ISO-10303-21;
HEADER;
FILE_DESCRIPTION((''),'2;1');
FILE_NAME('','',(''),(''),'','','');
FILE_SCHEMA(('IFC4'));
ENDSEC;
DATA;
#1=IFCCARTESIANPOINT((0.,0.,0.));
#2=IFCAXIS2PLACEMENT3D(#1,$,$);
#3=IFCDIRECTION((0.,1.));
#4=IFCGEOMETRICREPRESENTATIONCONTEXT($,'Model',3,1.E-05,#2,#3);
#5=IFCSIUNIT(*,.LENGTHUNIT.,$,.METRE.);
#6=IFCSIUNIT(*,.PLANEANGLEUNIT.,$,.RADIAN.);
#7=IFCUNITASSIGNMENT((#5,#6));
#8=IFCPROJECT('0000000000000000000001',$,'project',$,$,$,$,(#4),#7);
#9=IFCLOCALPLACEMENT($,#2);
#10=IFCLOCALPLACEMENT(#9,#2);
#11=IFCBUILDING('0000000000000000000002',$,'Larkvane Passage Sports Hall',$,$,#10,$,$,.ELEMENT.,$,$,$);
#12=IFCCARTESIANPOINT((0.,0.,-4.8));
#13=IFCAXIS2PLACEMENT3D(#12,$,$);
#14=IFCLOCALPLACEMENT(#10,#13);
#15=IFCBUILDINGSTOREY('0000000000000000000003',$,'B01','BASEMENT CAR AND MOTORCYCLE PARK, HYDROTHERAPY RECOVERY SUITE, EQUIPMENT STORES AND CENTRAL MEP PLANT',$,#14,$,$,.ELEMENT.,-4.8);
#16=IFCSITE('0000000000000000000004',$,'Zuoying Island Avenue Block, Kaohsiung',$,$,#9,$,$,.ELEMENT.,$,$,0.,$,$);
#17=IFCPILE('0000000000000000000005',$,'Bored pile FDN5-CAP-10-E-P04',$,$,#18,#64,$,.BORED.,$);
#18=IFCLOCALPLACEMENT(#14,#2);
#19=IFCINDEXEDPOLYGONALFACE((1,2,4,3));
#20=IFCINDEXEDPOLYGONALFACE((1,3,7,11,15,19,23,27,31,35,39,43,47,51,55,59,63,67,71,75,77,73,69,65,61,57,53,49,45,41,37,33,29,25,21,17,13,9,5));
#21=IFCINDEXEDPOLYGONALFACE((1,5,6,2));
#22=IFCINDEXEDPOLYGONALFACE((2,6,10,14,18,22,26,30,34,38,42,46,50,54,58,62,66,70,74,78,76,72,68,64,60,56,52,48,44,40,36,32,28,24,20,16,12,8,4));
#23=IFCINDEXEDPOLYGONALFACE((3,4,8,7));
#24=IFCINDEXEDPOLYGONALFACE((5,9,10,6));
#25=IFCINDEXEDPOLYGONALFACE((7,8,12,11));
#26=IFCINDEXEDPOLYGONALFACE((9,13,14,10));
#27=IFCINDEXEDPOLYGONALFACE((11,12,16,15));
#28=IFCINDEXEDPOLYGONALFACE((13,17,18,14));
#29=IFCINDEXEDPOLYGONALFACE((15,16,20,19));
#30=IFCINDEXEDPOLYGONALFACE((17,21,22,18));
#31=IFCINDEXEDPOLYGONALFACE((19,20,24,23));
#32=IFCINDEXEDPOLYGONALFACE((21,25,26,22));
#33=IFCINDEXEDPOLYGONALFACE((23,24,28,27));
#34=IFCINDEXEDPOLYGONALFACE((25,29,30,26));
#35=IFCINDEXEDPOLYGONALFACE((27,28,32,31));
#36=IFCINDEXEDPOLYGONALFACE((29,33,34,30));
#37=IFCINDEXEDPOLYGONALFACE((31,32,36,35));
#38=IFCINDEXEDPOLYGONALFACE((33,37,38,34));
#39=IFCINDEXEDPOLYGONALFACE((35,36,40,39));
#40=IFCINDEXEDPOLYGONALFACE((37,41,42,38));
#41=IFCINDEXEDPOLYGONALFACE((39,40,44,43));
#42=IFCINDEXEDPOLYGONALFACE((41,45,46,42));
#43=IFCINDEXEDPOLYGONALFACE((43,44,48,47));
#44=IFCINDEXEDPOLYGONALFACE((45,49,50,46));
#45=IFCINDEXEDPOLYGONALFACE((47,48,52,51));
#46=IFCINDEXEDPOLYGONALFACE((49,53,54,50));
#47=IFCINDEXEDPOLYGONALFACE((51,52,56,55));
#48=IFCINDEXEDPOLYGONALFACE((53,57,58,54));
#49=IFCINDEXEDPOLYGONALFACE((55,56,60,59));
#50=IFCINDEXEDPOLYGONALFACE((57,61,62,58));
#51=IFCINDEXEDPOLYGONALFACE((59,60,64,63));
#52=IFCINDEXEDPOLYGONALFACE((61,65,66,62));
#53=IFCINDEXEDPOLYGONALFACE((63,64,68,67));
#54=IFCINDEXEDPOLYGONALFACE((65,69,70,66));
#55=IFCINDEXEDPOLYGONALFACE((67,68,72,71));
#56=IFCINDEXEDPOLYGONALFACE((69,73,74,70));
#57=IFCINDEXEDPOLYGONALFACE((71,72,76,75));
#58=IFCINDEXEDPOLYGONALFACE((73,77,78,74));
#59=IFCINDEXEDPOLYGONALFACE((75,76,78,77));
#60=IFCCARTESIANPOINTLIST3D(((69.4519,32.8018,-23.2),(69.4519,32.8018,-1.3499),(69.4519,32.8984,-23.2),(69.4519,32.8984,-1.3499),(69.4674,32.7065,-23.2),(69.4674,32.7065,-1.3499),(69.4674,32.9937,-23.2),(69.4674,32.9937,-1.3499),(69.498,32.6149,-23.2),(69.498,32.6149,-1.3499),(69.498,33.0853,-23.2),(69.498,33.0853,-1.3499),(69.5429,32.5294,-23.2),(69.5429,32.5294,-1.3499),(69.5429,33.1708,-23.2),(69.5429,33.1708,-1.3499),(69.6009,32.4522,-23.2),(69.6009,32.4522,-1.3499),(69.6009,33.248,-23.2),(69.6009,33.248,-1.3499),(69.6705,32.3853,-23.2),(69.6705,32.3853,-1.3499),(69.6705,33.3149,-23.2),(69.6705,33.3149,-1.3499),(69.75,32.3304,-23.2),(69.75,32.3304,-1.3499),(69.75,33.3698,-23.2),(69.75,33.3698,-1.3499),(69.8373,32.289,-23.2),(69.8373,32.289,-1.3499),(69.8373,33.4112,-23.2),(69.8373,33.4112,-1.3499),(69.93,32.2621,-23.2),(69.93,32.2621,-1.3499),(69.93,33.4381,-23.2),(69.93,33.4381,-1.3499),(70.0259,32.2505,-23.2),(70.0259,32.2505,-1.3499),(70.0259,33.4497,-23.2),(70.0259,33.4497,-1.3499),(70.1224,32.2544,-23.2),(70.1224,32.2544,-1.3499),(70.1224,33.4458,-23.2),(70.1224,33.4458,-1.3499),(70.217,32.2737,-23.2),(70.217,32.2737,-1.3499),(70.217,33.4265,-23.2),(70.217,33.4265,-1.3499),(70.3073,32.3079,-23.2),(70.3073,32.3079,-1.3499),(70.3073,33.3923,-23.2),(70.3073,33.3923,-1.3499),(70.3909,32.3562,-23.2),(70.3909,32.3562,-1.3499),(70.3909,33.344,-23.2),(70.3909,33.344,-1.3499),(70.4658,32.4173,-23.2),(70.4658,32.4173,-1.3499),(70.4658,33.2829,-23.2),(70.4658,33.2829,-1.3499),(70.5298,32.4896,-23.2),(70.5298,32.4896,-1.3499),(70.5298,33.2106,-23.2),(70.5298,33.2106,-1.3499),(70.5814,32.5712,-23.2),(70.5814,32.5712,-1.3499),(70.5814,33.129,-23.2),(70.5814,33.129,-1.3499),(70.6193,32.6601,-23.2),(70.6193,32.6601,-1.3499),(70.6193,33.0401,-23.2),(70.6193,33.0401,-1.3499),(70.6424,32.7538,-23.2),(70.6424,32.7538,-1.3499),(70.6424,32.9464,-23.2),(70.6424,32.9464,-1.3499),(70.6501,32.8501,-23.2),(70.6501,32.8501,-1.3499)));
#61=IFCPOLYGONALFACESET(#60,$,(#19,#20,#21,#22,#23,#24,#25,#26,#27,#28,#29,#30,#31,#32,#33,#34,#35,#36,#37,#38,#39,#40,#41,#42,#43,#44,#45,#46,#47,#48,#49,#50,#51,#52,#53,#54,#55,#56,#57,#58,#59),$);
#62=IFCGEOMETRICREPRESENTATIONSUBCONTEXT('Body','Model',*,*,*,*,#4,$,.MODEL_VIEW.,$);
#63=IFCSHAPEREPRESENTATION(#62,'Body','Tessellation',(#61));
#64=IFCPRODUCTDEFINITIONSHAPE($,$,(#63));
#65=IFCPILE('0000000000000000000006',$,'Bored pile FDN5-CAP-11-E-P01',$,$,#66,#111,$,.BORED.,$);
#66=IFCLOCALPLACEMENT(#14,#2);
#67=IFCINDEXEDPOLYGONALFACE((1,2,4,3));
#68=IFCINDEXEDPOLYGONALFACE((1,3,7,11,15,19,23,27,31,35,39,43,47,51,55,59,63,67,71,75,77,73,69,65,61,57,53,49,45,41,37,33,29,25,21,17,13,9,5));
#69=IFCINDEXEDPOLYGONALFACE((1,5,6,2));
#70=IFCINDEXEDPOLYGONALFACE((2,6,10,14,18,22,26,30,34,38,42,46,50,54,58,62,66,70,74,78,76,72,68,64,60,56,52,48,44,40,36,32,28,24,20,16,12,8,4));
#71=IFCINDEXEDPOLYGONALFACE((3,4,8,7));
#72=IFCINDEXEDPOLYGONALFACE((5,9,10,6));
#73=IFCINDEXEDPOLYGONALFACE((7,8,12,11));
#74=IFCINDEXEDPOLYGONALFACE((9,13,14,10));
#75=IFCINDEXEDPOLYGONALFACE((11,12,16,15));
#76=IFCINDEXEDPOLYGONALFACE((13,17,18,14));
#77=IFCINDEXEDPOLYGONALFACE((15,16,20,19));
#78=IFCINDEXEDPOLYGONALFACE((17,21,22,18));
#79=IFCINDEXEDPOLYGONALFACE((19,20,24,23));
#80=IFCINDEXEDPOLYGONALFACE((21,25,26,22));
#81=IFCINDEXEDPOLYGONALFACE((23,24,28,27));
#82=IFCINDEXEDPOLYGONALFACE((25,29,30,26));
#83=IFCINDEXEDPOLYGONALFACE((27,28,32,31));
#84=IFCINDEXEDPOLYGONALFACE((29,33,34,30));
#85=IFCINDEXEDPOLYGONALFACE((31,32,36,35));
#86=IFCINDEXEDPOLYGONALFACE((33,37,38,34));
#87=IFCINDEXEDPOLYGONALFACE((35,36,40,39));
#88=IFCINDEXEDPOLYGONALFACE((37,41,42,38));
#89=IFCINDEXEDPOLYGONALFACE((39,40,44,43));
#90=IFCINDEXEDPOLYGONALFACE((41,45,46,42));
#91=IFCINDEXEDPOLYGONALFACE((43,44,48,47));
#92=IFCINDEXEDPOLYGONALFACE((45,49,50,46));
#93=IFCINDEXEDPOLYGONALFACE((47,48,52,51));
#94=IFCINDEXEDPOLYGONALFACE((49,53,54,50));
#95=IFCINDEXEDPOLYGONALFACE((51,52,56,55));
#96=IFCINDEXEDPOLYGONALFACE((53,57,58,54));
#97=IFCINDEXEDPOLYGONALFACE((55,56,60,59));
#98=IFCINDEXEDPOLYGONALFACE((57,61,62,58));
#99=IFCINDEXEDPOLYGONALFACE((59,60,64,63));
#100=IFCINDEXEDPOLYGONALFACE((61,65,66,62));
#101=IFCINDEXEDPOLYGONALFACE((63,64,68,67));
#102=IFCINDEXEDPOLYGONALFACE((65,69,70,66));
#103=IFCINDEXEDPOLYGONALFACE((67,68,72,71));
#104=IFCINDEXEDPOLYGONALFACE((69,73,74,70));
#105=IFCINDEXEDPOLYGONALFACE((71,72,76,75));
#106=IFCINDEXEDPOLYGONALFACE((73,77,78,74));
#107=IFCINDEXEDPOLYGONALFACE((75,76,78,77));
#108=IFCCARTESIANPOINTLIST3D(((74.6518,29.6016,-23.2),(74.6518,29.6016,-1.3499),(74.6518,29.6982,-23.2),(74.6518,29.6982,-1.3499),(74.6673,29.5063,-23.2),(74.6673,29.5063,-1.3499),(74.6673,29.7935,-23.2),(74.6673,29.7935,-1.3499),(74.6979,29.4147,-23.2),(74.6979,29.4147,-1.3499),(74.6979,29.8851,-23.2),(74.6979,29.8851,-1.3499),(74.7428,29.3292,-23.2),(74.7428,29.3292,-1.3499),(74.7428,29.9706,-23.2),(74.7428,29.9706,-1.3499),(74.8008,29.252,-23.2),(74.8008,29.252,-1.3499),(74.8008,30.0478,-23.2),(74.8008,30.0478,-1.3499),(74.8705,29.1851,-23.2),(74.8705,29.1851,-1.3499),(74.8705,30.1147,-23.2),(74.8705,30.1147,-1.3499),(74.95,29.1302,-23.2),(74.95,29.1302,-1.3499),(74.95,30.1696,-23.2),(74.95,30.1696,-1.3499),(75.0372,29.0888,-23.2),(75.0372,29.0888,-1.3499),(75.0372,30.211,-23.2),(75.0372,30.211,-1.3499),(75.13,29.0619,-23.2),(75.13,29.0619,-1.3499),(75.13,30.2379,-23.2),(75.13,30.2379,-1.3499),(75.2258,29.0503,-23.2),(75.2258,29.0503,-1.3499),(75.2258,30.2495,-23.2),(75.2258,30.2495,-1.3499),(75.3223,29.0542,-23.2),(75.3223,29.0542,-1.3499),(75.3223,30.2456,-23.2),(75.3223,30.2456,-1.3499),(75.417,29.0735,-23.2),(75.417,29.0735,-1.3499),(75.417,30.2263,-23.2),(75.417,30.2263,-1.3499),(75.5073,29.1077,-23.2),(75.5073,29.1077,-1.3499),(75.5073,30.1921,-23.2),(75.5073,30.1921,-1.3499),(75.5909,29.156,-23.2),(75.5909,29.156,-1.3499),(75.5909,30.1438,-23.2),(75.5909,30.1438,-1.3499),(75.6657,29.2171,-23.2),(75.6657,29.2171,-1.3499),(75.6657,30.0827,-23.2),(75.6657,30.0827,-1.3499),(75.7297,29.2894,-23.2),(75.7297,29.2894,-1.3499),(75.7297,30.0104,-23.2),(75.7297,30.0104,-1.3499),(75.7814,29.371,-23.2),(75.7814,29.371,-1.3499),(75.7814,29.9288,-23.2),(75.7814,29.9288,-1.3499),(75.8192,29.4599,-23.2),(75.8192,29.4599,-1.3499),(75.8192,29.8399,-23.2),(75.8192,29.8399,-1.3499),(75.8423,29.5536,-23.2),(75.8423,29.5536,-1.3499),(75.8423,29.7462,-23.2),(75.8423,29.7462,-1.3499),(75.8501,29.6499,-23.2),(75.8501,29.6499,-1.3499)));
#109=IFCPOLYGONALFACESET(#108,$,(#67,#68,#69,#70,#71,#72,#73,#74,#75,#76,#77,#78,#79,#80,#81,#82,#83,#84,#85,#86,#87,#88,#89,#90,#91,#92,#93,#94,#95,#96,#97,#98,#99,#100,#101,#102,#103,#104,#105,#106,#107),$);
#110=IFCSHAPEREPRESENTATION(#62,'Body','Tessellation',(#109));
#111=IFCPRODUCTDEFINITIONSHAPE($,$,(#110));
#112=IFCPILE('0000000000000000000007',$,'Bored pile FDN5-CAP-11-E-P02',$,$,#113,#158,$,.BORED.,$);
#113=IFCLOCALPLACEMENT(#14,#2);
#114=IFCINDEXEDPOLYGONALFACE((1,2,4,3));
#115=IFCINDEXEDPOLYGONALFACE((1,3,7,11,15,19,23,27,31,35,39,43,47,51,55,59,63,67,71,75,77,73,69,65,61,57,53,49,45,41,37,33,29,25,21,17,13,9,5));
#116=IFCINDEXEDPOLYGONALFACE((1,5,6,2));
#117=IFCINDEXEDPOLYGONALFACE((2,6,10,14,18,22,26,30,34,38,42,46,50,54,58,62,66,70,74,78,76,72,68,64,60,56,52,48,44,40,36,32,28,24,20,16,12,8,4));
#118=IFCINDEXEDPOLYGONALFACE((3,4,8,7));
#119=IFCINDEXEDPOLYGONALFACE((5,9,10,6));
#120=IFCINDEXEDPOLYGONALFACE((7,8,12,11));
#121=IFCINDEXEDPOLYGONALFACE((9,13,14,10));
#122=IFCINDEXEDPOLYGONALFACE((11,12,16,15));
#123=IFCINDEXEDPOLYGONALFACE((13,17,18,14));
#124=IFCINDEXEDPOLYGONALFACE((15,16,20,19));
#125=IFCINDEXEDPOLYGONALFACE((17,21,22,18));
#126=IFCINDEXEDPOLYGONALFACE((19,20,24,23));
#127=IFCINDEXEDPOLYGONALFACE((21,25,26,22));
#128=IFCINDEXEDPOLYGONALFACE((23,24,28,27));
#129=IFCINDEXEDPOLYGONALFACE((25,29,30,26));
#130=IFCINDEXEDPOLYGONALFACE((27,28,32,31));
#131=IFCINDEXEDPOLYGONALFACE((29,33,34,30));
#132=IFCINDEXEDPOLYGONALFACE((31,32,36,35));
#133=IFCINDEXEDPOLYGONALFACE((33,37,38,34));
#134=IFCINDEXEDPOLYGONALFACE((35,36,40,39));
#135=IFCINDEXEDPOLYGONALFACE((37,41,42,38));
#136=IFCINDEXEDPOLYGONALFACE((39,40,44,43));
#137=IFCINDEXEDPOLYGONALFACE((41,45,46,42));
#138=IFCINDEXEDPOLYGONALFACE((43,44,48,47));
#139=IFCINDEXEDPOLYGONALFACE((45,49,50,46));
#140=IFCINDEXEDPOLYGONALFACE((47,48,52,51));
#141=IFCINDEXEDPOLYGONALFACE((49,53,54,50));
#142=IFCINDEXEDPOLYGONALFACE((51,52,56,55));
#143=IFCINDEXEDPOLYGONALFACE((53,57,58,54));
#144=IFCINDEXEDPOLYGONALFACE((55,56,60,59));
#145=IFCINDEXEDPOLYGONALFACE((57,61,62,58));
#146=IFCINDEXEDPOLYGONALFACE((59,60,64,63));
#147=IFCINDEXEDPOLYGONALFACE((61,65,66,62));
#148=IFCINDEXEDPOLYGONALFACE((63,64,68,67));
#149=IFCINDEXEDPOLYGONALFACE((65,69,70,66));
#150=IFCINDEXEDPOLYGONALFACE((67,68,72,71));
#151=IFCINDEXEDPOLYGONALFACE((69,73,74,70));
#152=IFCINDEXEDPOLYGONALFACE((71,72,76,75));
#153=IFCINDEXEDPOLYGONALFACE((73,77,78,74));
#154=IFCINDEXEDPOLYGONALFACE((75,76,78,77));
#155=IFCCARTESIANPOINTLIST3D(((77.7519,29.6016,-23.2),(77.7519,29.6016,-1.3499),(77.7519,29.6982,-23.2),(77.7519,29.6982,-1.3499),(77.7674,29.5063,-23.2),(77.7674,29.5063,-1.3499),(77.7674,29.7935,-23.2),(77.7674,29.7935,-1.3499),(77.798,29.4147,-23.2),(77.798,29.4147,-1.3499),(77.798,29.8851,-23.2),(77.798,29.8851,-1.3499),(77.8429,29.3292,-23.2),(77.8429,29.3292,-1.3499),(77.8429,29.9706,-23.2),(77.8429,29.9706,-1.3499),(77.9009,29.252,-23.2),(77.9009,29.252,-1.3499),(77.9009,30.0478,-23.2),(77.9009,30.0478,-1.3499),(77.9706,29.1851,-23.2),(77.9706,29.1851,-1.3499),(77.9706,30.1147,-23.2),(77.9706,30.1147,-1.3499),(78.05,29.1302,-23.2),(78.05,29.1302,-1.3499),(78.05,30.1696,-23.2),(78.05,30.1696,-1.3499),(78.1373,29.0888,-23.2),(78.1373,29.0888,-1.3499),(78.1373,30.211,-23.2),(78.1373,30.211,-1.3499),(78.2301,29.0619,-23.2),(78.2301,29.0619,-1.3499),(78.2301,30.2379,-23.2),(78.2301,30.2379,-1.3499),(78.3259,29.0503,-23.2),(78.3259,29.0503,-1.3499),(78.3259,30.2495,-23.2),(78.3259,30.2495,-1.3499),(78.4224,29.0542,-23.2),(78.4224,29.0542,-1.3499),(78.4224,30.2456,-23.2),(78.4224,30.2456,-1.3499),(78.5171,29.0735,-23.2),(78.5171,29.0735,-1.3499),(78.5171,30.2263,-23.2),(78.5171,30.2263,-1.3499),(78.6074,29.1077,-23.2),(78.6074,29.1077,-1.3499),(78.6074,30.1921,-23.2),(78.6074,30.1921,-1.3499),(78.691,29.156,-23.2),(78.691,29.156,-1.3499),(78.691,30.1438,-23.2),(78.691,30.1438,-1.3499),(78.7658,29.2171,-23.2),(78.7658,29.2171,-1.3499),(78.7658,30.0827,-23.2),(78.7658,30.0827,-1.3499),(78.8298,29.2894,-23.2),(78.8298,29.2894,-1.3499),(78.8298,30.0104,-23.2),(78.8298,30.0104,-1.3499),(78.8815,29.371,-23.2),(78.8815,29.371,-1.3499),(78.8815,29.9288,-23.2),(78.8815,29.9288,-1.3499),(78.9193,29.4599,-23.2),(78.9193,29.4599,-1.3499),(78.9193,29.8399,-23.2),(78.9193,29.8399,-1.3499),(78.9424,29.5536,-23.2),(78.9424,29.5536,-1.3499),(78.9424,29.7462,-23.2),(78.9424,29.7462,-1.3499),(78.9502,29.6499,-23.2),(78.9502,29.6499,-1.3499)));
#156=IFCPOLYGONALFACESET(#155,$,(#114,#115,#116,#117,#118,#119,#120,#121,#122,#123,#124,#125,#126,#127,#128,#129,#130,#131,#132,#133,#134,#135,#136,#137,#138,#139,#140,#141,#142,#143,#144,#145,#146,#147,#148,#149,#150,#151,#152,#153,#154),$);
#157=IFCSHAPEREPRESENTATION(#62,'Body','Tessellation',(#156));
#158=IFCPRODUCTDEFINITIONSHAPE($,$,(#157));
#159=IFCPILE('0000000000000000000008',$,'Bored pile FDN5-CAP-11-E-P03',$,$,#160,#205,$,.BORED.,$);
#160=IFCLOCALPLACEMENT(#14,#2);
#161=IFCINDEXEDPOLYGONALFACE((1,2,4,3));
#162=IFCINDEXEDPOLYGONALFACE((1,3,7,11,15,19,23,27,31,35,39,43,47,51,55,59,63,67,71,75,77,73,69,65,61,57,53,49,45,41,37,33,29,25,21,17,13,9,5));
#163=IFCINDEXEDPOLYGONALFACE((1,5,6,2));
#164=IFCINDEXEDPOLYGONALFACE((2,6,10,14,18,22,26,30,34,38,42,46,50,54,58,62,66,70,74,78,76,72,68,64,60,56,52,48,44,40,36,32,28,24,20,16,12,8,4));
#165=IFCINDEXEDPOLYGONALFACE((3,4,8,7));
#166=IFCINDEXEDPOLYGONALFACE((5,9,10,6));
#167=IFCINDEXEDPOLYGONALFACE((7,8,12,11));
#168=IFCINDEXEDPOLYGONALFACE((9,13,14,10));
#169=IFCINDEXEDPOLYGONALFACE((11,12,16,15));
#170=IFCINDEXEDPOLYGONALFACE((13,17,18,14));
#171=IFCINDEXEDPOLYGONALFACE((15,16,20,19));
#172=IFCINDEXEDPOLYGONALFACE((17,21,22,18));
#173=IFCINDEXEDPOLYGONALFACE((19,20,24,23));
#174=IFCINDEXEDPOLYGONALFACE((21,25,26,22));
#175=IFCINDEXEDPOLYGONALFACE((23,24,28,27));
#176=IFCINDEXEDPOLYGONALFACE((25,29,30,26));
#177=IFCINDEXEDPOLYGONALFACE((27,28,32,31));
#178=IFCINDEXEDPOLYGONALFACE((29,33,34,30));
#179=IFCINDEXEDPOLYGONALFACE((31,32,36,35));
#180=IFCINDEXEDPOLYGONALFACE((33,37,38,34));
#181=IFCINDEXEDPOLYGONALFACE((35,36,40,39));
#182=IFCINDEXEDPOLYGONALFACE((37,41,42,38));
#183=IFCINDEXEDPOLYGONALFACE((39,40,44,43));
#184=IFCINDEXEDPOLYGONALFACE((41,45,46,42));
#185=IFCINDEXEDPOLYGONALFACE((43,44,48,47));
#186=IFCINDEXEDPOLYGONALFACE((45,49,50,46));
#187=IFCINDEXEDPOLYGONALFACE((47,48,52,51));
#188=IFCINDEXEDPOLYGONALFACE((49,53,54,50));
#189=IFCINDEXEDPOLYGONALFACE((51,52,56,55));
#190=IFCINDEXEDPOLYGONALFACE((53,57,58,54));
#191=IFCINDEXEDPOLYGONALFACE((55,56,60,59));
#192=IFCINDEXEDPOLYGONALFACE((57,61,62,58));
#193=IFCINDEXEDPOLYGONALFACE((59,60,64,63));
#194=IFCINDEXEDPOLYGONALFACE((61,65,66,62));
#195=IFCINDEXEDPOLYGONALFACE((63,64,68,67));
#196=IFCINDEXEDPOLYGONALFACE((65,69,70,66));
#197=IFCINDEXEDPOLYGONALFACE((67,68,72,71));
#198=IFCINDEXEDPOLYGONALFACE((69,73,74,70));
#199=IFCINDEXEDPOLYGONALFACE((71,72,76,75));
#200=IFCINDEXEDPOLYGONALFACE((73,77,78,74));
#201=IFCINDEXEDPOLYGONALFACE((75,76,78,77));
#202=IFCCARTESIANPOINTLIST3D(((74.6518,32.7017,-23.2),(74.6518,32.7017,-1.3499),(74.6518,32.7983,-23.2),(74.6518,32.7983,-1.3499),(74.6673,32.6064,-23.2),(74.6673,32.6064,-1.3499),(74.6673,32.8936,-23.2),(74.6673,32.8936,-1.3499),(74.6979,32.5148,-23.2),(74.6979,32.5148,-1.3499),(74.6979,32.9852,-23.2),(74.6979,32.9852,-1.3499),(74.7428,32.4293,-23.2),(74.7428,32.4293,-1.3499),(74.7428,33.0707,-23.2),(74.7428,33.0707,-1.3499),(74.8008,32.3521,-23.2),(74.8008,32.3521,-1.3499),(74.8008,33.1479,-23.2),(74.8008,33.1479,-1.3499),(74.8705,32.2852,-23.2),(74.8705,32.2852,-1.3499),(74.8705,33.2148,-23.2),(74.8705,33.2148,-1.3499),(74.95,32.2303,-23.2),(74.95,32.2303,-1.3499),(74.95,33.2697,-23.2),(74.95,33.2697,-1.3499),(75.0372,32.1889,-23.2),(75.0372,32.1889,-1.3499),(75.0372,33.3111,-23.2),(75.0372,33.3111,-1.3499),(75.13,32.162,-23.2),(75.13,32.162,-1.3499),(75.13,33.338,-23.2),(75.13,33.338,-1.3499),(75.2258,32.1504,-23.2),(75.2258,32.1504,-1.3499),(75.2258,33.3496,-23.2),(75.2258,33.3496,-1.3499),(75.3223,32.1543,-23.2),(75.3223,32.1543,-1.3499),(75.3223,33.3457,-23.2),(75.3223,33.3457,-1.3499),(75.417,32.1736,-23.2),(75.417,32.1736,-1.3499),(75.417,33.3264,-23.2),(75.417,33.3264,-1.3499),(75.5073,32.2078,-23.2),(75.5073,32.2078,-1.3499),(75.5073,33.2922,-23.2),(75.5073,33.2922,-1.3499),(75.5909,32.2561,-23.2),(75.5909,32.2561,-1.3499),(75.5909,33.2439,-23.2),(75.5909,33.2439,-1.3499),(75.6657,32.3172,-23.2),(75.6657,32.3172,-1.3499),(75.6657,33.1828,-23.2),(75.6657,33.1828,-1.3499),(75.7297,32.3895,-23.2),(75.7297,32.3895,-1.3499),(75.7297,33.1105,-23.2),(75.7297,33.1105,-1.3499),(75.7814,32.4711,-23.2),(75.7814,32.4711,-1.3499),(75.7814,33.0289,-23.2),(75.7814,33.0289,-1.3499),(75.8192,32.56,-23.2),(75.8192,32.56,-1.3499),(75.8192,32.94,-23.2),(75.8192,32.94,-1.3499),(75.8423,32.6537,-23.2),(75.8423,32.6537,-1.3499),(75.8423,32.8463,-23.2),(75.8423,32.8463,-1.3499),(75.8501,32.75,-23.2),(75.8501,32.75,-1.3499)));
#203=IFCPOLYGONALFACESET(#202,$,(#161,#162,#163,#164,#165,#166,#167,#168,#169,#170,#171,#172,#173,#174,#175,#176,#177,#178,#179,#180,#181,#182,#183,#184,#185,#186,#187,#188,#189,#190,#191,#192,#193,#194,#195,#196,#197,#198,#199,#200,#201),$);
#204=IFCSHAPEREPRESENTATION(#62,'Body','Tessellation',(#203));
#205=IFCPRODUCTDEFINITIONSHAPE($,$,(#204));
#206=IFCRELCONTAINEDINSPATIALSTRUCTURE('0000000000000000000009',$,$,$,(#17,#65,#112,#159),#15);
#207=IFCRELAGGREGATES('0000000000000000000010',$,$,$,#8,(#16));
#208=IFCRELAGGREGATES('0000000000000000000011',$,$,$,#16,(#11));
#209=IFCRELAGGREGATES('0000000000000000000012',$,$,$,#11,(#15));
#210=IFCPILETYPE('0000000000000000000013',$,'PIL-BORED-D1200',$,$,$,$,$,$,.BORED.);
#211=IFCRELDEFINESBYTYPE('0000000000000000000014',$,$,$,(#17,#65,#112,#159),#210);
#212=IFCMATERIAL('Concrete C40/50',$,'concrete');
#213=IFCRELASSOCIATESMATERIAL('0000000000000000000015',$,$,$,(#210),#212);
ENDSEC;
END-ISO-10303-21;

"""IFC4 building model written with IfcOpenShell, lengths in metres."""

from ifc_helpers import new_model, si_unit, direction, frame, origin, origin_2d, place, context, subcontext, project, spatial, circle, extrude, material, material_profile, profile_set, type_object, element, save


model = new_model("IFC4")

# Units and contexts
model_context = context("Model", 3, precision=1e-05, world=origin(), true_north=direction((0.0, 1.0)))
body_context = subcontext(model_context, "Body", "Model", "MODEL_VIEW")
ifc_project = project(units=[si_unit("LENGTHUNIT", "METRE"), si_unit("PLANEANGLEUNIT", "RADIAN")], contexts=[model_context])

# Site, building, storey
site_placement = place(None, origin())
site = spatial("IfcSite", under=ifc_project, at=site_placement, Name="Zuoying Island Avenue Block, Kaohsiung", CompositionType="ELEMENT", RefElevation=0.0)
building_placement = place(site_placement, origin())
building = spatial("IfcBuilding", under=site, at=building_placement, Name="Larkvane Passage Sports Hall", CompositionType="ELEMENT")
storey_placement = place(building_placement, frame((0.0, 0.0, -4.8)))
storey = spatial("IfcBuildingStorey", under=building, at=storey_placement, Name="B01", Description="BASEMENT CAR AND MOTORCYCLE PARK, HYDROTHERAPY RECOVERY SUITE, EQUIPMENT STORES AND CENTRAL MEP PLANT", CompositionType="ELEMENT", Elevation=-4.8)

# Shared definitions
ifc_material_1 = material(Name="Concrete C40/50", Category="concrete")

# Piles
ifc_material_profile_1 = material_profile(ifc_material_1, circle(Radius=0.6001, at=origin_2d()), Name="PILE-D1200")
ifc_profile_set_1 = profile_set([ifc_material_profile_1], Name="Concrete C40/50")
pile_type_1 = type_object("IfcPileType", Name="PIL-BORED-D1200", PredefinedType="BORED", material=ifc_profile_set_1)
for number, where, z_axis, x_axis, name in (
    (1, (70.05, 32.8501, -1.3499), (0.0, 0.0, -1.0), (1.0, 0.0, 0.0), "Bored pile FDN5-CAP-10-E-P04"),
    (2, (75.25, 29.6499, -1.3499), (0.0, 0.0, -1.0), (1.0, 0.0, 0.0), "Bored pile FDN5-CAP-11-E-P01"),
    (3, (78.3501, 29.6499, -1.3499), (0.0, 0.0, -1.0), (1.0, 0.0, 0.0), "Bored pile FDN5-CAP-11-E-P02"),
    (4, (75.25, 32.75, -1.3499), (0.0, 0.0, -1.0), (1.0, 0.0, 0.0), "Bored pile FDN5-CAP-11-E-P03"),
):
    element("IfcPile", number, at=place(storey_placement, frame(where, z_axis=z_axis, x_axis=x_axis)), inside=storey, type_object=pile_type_1, Name=name, PredefinedType="BORED", context=body_context, shape_type="SweptSolid", body=[
        extrude(circle(Radius=0.6001, at=origin_2d()), origin(), (0.0, 0.0, 1.0), 21.8501),
    ])

save(model, "model.ifc")
